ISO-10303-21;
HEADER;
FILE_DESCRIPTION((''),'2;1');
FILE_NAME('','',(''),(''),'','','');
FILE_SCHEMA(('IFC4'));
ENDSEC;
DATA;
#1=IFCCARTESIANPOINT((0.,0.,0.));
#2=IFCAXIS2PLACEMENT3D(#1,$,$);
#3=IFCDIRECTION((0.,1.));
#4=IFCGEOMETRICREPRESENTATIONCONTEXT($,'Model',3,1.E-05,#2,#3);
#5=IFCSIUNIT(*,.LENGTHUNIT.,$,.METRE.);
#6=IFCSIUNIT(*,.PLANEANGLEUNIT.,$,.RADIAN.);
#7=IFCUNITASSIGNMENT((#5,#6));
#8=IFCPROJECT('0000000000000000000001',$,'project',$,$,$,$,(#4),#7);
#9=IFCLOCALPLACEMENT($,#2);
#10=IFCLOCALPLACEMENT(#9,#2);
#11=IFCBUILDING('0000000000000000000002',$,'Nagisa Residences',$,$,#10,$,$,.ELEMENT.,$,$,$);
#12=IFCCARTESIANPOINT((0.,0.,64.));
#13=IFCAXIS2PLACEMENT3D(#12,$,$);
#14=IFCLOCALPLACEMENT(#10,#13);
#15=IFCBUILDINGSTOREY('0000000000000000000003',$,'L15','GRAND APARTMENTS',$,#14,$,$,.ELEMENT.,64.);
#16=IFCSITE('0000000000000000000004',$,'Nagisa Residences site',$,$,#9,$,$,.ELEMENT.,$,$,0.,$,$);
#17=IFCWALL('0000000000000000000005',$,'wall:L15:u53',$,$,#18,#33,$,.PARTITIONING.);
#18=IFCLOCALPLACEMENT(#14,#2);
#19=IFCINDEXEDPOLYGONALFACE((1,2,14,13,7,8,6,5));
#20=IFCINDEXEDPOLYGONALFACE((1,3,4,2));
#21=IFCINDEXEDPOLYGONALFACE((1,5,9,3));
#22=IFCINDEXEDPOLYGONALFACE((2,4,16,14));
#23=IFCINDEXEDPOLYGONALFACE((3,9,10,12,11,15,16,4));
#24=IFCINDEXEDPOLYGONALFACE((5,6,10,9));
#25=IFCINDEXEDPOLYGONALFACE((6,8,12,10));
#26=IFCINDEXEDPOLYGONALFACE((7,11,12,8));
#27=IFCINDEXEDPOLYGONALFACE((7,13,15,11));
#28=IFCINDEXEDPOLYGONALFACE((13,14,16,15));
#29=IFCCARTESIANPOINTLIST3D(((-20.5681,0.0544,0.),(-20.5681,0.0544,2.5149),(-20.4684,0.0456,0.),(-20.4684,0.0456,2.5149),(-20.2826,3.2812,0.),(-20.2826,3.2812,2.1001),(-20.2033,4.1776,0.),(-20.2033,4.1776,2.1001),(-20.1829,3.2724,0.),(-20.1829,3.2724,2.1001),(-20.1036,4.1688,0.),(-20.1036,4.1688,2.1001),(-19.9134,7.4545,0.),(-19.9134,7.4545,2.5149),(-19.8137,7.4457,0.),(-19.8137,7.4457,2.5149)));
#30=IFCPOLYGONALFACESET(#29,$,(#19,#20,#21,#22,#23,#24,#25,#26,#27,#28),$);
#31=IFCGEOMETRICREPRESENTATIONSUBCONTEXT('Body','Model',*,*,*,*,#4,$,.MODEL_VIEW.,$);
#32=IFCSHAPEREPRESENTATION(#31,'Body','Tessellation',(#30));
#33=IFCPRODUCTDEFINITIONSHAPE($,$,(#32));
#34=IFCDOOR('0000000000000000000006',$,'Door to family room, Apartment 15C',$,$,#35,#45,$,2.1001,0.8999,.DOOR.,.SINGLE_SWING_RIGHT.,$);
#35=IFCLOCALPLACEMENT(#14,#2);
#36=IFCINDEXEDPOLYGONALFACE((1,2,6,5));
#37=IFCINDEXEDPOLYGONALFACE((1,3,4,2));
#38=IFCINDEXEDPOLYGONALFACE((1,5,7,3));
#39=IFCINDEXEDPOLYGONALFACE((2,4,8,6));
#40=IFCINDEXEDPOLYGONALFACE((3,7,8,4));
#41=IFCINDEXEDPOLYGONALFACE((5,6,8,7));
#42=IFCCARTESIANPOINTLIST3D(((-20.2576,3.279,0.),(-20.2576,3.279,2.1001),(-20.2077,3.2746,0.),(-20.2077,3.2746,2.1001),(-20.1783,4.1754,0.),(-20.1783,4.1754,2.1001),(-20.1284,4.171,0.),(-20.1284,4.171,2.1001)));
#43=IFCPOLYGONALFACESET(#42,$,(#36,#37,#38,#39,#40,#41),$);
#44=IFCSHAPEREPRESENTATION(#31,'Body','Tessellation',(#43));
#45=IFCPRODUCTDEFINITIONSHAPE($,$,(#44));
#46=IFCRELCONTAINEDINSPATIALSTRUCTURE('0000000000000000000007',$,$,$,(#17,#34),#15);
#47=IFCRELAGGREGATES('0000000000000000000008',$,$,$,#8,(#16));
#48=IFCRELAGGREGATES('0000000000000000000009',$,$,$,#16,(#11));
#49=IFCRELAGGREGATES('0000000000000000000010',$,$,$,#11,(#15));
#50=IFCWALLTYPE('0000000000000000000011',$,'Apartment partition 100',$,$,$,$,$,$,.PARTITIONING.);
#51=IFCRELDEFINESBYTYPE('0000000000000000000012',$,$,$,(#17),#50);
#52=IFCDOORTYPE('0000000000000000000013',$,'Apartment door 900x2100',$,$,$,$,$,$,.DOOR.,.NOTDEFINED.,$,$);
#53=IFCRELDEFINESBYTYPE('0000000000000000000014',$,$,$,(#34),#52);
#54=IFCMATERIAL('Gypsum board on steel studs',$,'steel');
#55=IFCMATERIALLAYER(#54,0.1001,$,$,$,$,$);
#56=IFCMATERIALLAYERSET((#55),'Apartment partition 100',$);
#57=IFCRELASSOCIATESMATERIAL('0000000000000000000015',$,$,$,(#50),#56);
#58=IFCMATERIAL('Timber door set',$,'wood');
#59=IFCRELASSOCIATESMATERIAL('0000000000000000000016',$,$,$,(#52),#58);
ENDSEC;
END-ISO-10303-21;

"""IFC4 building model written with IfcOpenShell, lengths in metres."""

from ifc_helpers import new_model, si_unit, direction, frame, frame_2d, origin, place, context, subcontext, project, spatial, rectangle, extrude, material, layer, layer_set, type_object, element, fill, save


model = new_model("IFC4")

# Units and contexts
model_context = context("Model", 3, precision=1e-05, world=origin(), true_north=direction((0.0, 1.0)))
body_context = subcontext(model_context, "Body", "Model", "MODEL_VIEW")
ifc_project = project(units=[si_unit("LENGTHUNIT", "METRE"), si_unit("PLANEANGLEUNIT", "RADIAN")], contexts=[model_context])

# Site, building, storey
site_placement = place(None, origin())
site = spatial("IfcSite", under=ifc_project, at=site_placement, Name="Nagisa Residences site", CompositionType="ELEMENT", RefElevation=0.0)
building_placement = place(site_placement, origin())
building = spatial("IfcBuilding", under=site, at=building_placement, Name="Nagisa Residences", CompositionType="ELEMENT")
storey_placement = place(building_placement, frame((0.0, 0.0, 64.0)))
storey = spatial("IfcBuildingStorey", under=building, at=storey_placement, Name="L15", Description="GRAND APARTMENTS", CompositionType="ELEMENT", Elevation=64.0)

# Wall, opening, door
ifc_material_1 = material(Name="Gypsum board on steel studs", Category="steel")
ifc_layer_1 = layer(ifc_material_1, 0.1001)
ifc_layer_set_1 = layer_set([ifc_layer_1], Name="Apartment partition 100")
wall_type_1 = type_object("IfcWallType", Name="Apartment partition 100", PredefinedType="PARTITIONING", material=ifc_layer_set_1)
wall_1_placement = place(storey_placement, frame((-19.8635, 7.45, 0.0), z_axis=(0.0, 0.0, 1.0), x_axis=(-0.088138, -0.996108, 0.0)))
wall_1 = element("IfcWall", 1, at=wall_1_placement, inside=storey, type_object=wall_type_1, Name="wall:L15:u53", PredefinedType="PARTITIONING", context=body_context, shape_type="SweptSolid", body=[
    extrude(rectangle(XDim=7.429, YDim=0.1001, at=frame_2d((3.7144, 0.0))), origin(), (0.0, 0.0, 1.0), 2.5149),
])
opening_1_placement = place(wall_1_placement, frame((3.2896, 0.0, 0.0)))
opening_1 = element("IfcOpeningElement", 2, at=opening_1_placement, cuts=wall_1, PredefinedType="OPENING", context=body_context, shape_type="SweptSolid", body=[
    extrude(rectangle(XDim=0.8999, YDim=2.1001, at=frame_2d((0.45, 1.05))), frame((0.0, 0.0601, 0.0), z_axis=(0.0, -1.0, 0.0), x_axis=(1.0, 0.0, 0.0)), (0.0, 0.0, 1.0), 0.1201),
])
ifc_material_2 = material(Name="Timber door set", Category="wood")
door_type_1 = type_object("IfcDoorType", Name="Apartment door 900x2100", OperationType="NOTDEFINED", PredefinedType="DOOR", material=ifc_material_2)
door_1_placement = place(opening_1_placement, frame((0.8999, 0.0, 0.0), x_axis=(-1.0, 0.0, 0.0)))
door_1 = element("IfcDoor", 3, at=door_1_placement, inside=storey, type_object=door_type_1, Name="Door to family room, Apartment 15C", OperationType="SINGLE_SWING_RIGHT", OverallHeight=2.1001, OverallWidth=0.8999, PredefinedType="DOOR", context=body_context, shape_type="SweptSolid", body=[
    extrude(rectangle(XDim=0.8999, YDim=2.1001, at=frame_2d((0.45, 1.05))), frame((0.0, 0.0249, 0.0), z_axis=(0.0, -1.0, 0.0), x_axis=(1.0, 0.0, 0.0)), (0.0, 0.0, 1.0), 0.05),
])
fill(opening_1, door_1)

save(model, "model.ifc")
